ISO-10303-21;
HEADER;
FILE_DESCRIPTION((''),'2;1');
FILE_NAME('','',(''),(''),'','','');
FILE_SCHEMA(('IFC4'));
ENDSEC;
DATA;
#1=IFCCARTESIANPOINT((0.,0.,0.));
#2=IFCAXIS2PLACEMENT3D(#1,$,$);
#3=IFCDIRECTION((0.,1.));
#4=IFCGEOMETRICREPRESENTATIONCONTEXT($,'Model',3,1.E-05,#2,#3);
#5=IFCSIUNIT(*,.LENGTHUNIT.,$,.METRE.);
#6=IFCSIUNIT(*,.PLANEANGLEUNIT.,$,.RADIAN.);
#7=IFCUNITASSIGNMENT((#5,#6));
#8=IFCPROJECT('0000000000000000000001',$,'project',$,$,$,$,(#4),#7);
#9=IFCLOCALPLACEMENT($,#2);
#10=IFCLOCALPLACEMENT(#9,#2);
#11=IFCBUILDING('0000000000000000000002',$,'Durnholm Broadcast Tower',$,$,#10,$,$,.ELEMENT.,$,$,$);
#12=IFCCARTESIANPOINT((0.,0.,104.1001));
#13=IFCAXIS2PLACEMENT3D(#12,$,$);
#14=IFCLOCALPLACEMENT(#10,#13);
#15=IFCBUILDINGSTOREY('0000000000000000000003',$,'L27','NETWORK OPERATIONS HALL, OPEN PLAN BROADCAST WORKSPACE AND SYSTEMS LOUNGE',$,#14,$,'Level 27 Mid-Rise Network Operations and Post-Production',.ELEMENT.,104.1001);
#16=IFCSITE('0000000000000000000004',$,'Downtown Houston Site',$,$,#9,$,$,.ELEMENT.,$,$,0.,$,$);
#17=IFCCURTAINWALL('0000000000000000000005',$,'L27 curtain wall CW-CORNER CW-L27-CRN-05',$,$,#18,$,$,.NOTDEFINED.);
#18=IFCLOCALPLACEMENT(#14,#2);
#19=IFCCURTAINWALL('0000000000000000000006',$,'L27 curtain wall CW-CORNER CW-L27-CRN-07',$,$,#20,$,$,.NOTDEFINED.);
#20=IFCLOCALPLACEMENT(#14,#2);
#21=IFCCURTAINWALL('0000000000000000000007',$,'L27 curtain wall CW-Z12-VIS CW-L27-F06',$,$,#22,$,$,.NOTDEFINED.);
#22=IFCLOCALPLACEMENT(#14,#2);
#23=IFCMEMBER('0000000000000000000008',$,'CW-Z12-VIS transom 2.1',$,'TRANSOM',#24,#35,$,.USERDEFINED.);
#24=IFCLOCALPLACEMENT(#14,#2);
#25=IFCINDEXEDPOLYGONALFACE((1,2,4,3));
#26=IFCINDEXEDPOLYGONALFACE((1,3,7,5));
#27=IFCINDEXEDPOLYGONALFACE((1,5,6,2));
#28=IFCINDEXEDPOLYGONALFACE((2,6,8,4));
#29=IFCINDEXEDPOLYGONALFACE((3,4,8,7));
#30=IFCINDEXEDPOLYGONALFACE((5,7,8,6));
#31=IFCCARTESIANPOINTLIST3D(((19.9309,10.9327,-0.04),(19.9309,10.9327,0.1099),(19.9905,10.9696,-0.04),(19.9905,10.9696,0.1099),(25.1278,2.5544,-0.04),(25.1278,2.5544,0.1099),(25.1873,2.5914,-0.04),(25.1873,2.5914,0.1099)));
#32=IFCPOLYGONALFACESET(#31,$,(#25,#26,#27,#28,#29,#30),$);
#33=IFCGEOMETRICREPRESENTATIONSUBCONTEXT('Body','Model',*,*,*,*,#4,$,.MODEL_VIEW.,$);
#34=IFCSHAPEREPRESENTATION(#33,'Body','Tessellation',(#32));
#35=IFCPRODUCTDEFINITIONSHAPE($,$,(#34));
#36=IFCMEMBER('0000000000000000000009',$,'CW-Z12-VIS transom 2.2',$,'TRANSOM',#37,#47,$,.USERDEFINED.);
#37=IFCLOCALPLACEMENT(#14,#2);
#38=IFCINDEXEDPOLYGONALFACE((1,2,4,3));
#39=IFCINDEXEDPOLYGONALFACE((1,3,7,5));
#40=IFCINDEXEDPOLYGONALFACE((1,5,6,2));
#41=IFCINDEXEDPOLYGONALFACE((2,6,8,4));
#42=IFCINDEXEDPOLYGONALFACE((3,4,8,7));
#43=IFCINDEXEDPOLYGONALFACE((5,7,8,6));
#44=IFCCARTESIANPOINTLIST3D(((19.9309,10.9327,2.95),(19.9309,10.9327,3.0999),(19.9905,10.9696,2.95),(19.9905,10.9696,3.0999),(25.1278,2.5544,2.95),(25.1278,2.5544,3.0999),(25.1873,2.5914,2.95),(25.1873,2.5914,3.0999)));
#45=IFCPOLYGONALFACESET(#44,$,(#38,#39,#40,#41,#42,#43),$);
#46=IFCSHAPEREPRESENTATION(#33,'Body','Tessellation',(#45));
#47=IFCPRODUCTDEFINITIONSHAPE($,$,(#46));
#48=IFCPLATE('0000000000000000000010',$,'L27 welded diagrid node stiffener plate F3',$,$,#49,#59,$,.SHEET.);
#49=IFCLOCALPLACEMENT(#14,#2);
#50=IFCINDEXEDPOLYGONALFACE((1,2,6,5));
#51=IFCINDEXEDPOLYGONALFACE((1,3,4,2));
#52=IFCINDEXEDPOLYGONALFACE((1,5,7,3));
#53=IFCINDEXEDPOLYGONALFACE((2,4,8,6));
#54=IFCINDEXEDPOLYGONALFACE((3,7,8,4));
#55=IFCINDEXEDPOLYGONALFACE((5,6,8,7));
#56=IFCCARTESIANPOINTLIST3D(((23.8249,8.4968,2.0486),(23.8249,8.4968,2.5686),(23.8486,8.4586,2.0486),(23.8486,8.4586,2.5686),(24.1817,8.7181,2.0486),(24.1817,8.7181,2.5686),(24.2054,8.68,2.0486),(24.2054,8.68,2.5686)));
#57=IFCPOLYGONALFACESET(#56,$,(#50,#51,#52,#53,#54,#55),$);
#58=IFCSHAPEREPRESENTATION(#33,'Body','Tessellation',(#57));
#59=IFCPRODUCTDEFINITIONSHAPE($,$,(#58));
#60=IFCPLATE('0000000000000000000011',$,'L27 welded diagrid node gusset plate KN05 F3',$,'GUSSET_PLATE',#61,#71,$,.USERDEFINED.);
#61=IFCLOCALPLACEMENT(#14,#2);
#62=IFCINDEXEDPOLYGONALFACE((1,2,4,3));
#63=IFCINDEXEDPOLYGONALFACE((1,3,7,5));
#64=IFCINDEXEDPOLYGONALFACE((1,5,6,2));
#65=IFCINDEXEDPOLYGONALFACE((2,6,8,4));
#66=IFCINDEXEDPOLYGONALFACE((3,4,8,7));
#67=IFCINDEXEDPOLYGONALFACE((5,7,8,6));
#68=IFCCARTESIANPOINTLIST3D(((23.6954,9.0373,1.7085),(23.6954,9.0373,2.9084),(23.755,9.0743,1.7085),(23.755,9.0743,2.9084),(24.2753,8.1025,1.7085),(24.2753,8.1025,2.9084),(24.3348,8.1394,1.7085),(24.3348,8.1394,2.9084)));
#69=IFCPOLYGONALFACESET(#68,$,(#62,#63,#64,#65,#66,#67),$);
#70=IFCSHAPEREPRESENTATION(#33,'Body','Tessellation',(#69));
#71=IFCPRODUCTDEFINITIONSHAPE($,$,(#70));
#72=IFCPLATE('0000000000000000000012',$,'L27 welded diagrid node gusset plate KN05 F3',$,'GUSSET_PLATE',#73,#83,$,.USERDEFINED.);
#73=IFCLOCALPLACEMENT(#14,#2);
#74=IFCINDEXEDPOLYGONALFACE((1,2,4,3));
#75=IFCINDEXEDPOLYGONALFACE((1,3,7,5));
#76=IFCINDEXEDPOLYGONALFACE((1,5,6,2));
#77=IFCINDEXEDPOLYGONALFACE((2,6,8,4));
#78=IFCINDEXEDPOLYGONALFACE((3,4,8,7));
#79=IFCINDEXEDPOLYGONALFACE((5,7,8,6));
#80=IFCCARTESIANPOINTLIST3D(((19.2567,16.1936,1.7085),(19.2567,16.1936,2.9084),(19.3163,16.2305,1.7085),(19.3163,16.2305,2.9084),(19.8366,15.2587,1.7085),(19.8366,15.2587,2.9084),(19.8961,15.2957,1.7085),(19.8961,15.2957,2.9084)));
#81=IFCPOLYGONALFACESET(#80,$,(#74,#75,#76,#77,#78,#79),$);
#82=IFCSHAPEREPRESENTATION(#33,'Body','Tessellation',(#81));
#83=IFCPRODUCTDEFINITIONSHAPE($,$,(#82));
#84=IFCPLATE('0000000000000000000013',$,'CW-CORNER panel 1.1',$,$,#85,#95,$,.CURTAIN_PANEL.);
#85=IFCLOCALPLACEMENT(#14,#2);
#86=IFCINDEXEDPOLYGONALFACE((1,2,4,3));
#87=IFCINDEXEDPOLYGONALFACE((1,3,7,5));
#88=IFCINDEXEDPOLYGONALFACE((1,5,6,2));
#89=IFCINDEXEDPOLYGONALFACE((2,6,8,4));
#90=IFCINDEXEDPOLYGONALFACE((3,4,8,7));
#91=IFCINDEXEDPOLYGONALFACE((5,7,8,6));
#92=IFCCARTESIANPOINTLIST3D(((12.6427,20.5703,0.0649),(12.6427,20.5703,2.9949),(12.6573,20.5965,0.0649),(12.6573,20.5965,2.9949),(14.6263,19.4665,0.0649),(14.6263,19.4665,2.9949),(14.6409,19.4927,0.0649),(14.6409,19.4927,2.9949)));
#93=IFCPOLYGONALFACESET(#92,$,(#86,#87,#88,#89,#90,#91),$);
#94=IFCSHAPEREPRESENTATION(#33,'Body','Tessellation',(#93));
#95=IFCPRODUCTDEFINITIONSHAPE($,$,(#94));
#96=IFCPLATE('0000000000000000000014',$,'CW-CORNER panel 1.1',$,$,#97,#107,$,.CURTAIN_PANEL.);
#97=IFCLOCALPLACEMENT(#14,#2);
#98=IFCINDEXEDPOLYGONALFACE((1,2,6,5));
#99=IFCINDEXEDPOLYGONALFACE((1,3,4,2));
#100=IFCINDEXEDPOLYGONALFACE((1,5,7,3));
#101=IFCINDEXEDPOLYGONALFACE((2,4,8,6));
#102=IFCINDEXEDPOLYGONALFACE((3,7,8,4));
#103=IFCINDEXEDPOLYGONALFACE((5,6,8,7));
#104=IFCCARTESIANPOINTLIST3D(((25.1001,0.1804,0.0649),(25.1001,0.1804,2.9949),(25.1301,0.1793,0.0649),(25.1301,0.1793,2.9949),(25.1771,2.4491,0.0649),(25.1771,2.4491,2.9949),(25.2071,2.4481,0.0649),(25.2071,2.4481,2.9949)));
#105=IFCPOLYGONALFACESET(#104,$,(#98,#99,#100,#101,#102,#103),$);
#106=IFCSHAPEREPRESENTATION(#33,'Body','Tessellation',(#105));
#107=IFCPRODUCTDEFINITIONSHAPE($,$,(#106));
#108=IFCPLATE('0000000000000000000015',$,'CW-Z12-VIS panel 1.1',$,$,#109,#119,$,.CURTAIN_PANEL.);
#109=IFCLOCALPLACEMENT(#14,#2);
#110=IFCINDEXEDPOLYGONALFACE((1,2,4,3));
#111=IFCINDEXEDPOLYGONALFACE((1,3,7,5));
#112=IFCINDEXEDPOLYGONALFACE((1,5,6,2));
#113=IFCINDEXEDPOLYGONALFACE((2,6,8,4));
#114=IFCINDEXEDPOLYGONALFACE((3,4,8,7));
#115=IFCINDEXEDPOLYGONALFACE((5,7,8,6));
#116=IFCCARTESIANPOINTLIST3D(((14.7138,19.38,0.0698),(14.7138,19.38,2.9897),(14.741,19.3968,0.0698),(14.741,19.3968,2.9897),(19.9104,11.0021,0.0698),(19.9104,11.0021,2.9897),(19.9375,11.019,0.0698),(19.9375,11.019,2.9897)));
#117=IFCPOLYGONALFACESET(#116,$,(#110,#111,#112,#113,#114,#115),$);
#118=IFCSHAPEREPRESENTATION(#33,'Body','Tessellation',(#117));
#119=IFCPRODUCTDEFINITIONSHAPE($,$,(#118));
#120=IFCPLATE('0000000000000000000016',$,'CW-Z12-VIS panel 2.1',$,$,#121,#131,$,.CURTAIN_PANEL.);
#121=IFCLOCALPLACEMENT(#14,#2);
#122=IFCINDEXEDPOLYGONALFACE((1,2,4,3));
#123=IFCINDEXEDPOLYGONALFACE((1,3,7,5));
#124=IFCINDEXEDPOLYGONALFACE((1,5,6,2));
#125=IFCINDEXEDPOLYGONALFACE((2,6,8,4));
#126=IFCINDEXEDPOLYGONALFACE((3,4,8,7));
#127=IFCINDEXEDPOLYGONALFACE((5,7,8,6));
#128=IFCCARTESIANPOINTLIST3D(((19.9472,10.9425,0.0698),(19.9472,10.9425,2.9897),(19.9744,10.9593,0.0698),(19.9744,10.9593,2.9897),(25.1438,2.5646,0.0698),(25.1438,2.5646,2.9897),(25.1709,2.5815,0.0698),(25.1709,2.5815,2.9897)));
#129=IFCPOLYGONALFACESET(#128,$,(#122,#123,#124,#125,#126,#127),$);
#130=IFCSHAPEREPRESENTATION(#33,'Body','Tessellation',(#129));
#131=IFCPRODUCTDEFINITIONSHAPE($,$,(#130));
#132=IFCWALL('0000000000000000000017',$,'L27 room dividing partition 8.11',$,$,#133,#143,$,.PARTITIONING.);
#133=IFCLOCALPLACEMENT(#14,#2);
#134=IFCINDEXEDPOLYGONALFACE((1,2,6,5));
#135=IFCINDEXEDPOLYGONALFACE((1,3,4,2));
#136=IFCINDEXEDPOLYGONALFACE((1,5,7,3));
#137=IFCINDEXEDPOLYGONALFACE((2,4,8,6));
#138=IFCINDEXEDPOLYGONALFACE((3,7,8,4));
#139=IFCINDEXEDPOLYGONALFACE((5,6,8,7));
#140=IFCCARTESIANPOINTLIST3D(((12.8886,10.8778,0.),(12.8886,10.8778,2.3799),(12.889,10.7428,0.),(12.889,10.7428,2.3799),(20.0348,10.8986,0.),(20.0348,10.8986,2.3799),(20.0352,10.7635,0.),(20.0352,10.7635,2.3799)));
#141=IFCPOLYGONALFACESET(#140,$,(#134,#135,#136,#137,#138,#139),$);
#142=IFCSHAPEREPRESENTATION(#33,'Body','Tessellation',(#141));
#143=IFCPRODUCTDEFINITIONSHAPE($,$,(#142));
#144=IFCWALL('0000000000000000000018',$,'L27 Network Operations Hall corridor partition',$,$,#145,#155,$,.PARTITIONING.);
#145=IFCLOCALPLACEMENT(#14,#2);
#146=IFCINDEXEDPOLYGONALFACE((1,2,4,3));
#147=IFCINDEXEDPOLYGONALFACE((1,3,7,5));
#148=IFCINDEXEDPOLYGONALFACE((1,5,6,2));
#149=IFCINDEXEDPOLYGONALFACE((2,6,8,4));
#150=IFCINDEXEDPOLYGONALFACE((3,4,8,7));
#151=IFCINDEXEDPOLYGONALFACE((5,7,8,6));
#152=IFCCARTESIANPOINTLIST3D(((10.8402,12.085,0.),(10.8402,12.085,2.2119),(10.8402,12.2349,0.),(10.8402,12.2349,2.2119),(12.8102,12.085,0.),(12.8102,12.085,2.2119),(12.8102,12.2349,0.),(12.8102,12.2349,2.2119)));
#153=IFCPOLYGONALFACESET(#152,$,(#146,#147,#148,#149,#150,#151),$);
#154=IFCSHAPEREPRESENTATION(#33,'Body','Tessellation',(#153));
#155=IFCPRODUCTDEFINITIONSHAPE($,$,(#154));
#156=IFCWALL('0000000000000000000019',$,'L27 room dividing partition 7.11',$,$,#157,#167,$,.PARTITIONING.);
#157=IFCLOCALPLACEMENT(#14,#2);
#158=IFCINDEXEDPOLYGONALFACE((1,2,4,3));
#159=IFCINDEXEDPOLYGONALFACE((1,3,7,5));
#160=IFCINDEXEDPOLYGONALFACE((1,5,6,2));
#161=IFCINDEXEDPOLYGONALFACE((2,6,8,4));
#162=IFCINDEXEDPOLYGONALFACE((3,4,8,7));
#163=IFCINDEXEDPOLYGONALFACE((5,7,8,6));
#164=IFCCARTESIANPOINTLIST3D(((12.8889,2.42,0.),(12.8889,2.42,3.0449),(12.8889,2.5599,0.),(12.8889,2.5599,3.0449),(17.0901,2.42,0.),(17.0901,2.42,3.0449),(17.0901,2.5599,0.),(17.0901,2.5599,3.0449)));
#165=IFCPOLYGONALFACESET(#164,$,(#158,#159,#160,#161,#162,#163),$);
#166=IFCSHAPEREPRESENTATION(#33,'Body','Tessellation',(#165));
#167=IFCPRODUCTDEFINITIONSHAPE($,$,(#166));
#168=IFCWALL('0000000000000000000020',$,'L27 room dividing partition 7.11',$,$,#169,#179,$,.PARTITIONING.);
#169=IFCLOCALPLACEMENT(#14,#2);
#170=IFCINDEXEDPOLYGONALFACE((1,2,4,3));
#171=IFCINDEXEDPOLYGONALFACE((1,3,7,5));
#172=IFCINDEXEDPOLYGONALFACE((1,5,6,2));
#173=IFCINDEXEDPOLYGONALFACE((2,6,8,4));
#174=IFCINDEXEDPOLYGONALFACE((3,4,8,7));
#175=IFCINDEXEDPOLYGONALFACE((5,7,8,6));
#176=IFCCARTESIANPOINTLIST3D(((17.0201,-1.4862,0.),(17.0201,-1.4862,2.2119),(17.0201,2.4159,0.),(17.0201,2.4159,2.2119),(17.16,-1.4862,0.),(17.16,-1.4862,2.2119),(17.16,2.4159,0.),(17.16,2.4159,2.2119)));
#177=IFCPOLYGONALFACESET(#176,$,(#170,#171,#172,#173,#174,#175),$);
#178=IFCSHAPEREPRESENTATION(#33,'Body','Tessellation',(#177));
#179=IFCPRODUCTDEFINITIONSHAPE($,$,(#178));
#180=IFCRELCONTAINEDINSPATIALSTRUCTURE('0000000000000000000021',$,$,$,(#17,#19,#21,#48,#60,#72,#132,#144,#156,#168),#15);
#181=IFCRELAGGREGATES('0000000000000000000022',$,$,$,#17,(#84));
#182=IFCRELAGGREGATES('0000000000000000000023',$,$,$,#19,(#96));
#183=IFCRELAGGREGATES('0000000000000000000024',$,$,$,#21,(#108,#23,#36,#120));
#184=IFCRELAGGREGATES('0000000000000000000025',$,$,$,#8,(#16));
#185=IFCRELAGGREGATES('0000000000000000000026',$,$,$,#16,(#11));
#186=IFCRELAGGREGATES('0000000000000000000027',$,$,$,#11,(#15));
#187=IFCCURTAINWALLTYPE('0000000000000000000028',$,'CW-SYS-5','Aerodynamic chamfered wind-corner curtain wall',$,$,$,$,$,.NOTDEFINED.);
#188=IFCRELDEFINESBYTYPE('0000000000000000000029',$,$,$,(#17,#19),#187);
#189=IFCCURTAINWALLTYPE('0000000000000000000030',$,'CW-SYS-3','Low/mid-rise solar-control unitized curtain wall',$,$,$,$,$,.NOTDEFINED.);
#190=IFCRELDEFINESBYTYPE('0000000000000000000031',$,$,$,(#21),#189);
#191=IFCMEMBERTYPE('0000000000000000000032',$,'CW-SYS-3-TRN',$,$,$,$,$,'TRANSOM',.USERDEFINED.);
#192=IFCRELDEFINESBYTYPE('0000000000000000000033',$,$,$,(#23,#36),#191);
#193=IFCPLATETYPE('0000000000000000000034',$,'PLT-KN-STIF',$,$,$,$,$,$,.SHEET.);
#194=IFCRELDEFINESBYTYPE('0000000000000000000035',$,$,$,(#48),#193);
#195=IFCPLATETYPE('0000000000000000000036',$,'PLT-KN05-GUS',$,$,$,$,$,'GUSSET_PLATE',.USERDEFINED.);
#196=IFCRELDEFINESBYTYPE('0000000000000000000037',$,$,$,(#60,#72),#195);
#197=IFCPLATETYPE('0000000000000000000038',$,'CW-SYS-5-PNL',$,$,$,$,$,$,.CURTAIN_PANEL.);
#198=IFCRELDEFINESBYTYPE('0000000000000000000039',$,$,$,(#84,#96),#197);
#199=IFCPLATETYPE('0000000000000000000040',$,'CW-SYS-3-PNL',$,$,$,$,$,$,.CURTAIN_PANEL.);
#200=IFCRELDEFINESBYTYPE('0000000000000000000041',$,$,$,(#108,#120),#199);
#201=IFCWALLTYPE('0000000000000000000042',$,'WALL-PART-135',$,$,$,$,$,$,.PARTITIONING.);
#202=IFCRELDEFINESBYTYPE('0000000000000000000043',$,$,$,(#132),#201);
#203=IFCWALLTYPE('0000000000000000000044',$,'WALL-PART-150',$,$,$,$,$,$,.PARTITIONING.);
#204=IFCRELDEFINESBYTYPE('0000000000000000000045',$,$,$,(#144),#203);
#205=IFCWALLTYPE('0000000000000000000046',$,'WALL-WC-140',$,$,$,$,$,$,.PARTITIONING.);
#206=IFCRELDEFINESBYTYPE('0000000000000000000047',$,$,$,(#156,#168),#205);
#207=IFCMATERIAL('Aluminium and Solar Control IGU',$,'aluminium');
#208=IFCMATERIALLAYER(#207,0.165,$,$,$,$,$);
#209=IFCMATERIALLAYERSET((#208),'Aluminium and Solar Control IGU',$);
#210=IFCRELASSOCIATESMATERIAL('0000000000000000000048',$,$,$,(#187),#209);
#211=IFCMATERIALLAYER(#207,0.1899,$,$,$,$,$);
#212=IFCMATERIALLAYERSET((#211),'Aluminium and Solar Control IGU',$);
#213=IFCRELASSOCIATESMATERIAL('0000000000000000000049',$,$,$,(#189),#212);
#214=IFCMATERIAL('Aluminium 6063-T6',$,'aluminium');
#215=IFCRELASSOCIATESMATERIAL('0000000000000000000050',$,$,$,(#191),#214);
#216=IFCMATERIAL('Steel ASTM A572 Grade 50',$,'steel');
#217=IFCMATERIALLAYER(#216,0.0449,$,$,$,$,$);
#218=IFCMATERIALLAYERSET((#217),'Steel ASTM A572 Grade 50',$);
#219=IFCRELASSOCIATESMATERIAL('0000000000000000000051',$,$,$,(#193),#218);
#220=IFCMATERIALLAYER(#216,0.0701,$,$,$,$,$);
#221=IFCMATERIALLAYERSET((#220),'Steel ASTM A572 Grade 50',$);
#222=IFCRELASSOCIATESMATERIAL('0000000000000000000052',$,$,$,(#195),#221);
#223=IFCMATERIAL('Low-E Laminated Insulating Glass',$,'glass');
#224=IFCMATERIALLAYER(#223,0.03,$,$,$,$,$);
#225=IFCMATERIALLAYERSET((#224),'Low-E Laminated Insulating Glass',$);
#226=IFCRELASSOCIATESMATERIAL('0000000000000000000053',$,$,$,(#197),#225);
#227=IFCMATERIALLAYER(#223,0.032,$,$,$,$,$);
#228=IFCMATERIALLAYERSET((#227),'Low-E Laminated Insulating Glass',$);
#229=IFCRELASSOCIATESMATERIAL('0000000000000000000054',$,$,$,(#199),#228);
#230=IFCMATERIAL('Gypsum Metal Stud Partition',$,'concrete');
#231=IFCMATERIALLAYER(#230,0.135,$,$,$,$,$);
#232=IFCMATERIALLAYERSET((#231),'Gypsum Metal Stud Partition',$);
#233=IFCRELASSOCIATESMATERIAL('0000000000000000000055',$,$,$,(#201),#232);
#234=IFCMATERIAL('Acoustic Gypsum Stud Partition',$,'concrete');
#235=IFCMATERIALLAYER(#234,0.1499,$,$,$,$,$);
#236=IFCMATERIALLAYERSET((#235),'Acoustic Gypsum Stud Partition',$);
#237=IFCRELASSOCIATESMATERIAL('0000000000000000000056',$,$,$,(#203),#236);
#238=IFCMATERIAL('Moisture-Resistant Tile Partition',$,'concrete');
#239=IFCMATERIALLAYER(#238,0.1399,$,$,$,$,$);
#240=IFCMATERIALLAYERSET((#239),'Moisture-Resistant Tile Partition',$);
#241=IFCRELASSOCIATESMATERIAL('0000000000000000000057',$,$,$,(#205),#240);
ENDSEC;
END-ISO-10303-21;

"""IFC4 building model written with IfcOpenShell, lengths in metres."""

from ifc_helpers import new_model, si_unit, direction, frame, frame_2d, origin, origin_2d, place, context, subcontext, project, spatial, rectangle, extrude, source, transform, mapped, material, layer, layer_set, material_profile, profile_set, type_object, type_shapes, element, aggregate, save


model = new_model("IFC4")

# Units and contexts
model_context = context("Model", 3, precision=1e-05, world=origin(), true_north=direction((0.0, 1.0)))
body_context = subcontext(model_context, "Body", "Model", "MODEL_VIEW")
ifc_project = project(units=[si_unit("LENGTHUNIT", "METRE"), si_unit("PLANEANGLEUNIT", "RADIAN")], contexts=[model_context])

# Site, building, storey
site_placement = place(None, origin())
site = spatial("IfcSite", under=ifc_project, at=site_placement, Name="Downtown Houston Site", CompositionType="ELEMENT", RefElevation=0.0)
building_placement = place(site_placement, origin())
building = spatial("IfcBuilding", under=site, at=building_placement, Name="Durnholm Broadcast Tower", CompositionType="ELEMENT")
storey_placement = place(building_placement, frame((0.0, 0.0, 104.1001)))
storey = spatial("IfcBuildingStorey", under=building, at=storey_placement, Name="L27", Description="NETWORK OPERATIONS HALL, OPEN PLAN BROADCAST WORKSPACE AND SYSTEMS LOUNGE", LongName="Level 27 Mid-Rise Network Operations and Post-Production", CompositionType="ELEMENT", Elevation=104.1001)

# Curtain walls
ifc_material_1 = material(Name="Aluminium and Solar Control IGU", Category="aluminium")
ifc_layer_1 = layer(ifc_material_1, 0.165)
ifc_layer_set_1 = layer_set([ifc_layer_1], Name="Aluminium and Solar Control IGU")
curtain_wall_type_1 = type_object("IfcCurtainWallType", Name="CW-SYS-5", Description="Aerodynamic chamfered wind-corner curtain wall", PredefinedType="NOTDEFINED", material=ifc_layer_set_1)
curtain_wall_1_placement = place(storey_placement, origin())
curtain_wall_1 = element("IfcCurtainWall", 1, at=curtain_wall_1_placement, inside=storey, type_object=curtain_wall_type_1, Name="L27 curtain wall CW-CORNER CW-L27-CRN-05", PredefinedType="NOTDEFINED")
ifc_material_2 = material(Name="Aluminium 6063-T6", Category="aluminium")
curtain_wall_2_placement = place(storey_placement, origin())
curtain_wall_2 = element("IfcCurtainWall", 2, at=curtain_wall_2_placement, inside=storey, type_object=curtain_wall_type_1, Name="L27 curtain wall CW-CORNER CW-L27-CRN-07", PredefinedType="NOTDEFINED")

# Curtain wall
ifc_layer_2 = layer(ifc_material_1, 0.1899)
ifc_layer_set_2 = layer_set([ifc_layer_2], Name="Aluminium and Solar Control IGU")
curtain_wall_type_2 = type_object("IfcCurtainWallType", Name="CW-SYS-3", Description="Low/mid-rise solar-control unitized curtain wall", PredefinedType="NOTDEFINED", material=ifc_layer_set_2)
curtain_wall_3_placement = place(storey_placement, origin())
curtain_wall_3 = element("IfcCurtainWall", 3, at=curtain_wall_3_placement, inside=storey, type_object=curtain_wall_type_2, Name="L27 curtain wall CW-Z12-VIS CW-L27-F06", PredefinedType="NOTDEFINED")

# Members
ifc_material_profile_1 = material_profile(ifc_material_2, rectangle(XDim=0.0701, YDim=0.1499, at=origin_2d()), Name="CWT70X150")
ifc_profile_set_1 = profile_set([ifc_material_profile_1], Name="Aluminium 6063-T6")
member_type_1 = type_object("IfcMemberType", Name="CW-SYS-3-TRN", ElementType="TRANSOM", PredefinedType="USERDEFINED", material=ifc_profile_set_1)
shared_shape_1 = source(origin(), body_context, "Body", "SweptSolid", [
    extrude(rectangle(XDim=0.0701, YDim=0.1499, at=origin_2d()), origin(), (0.0, 0.0, 1.0), 9.8591),
])
member_1_placement = place(storey_placement, frame((19.9607, 10.9512, 0.0349), z_axis=(0.527109, -0.849798, 0.0), x_axis=(0.849798, 0.527109, 0.0)))
member_1 = element("IfcMember", 4, at=member_1_placement, type_object=member_type_1, Name="CW-Z12-VIS transom 2.1", ObjectType="TRANSOM", PredefinedType="USERDEFINED", context=body_context, shape_type="MappedRepresentation", body=[
    mapped(shared_shape_1, transform((0.0, 0.0, 0.0), x_axis=(1.0, 0.0, 0.0), y_axis=(0.0, 1.0, 0.0), z_axis=(0.0, 0.0, 1.0), scale=1.0)),
])
member_2_placement = place(storey_placement, frame((19.9607, 10.9512, 3.0249), z_axis=(0.527109, -0.849798, 0.0), x_axis=(0.849798, 0.527109, 0.0)))
member_2 = element("IfcMember", 5, at=member_2_placement, type_object=member_type_1, Name="CW-Z12-VIS transom 2.2", ObjectType="TRANSOM", PredefinedType="USERDEFINED", context=body_context, shape_type="MappedRepresentation", body=[
    mapped(shared_shape_1, transform((0.0, 0.0, 0.0), x_axis=(1.0, 0.0, 0.0), y_axis=(0.0, 1.0, 0.0), z_axis=(0.0, 0.0, 1.0), scale=1.0)),
])

# Plates
ifc_material_3 = material(Name="Steel ASTM A572 Grade 50", Category="steel")
ifc_layer_3 = layer(ifc_material_3, 0.0449)
ifc_layer_set_3 = layer_set([ifc_layer_3], Name="Steel ASTM A572 Grade 50")
plate_type_1 = type_object("IfcPlateType", Name="PLT-KN-STIF", PredefinedType="SHEET", material=ifc_layer_set_3)
shared_shape_2 = source(origin(), body_context, "Body", "SweptSolid", [
    extrude(rectangle(XDim=0.0449, YDim=0.4199, at=origin_2d()), origin(), (0.0, 0.0, 1.0), 0.52),
])
type_shapes(plate_type_1, [shared_shape_2])
plate_1_placement = place(storey_placement, frame((24.0151, 8.5884, 2.0486), z_axis=(0.0, 0.0, 1.0), x_axis=(-0.527104, 0.849801, 0.0)))
element("IfcPlate", 6, at=plate_1_placement, inside=storey, type_object=plate_type_1, Name="L27 welded diagrid node stiffener plate F3", PredefinedType="SHEET", context=body_context, shape_type="MappedRepresentation", body=[
    mapped(shared_shape_2, transform((0.0, 0.0, 0.0), x_axis=(1.0, 0.0, 0.0), y_axis=(0.0, 1.0, 0.0), z_axis=(0.0, 0.0, 1.0), scale=1.0)),
])
ifc_layer_4 = layer(ifc_material_3, 0.0701)
ifc_layer_set_4 = layer_set([ifc_layer_4], Name="Steel ASTM A572 Grade 50")
plate_type_2 = type_object("IfcPlateType", Name="PLT-KN05-GUS", ElementType="GUSSET_PLATE", PredefinedType="USERDEFINED", material=ifc_layer_set_4)
shared_shape_3 = source(origin(), body_context, "Body", "SweptSolid", [
    extrude(rectangle(XDim=1.1001, YDim=0.0701, at=origin_2d()), origin(), (0.0, 0.0, 1.0), 1.2),
])
type_shapes(plate_type_2, [shared_shape_3])
for number, where, z_axis, x_axis, name in (
    (7, (24.0151, 8.5884, 1.7085), (0.0, 0.0, 1.0), (-0.527104, 0.849801, 0.0), "L27 welded diagrid node gusset plate KN05 F3"),
    (8, (19.5764, 15.7446, 1.7085), (0.0, 0.0, 1.0), (-0.527104, 0.849801, 0.0), "L27 welded diagrid node gusset plate KN05 F3"),
):
    element("IfcPlate", number, at=place(storey_placement, frame(where, z_axis=z_axis, x_axis=x_axis)), inside=storey, type_object=plate_type_2, Name=name, ObjectType="GUSSET_PLATE", PredefinedType="USERDEFINED", context=body_context, shape_type="MappedRepresentation", body=[
        mapped(shared_shape_3, transform((0.0, 0.0, 0.0), x_axis=(1.0, 0.0, 0.0), y_axis=(0.0, 1.0, 0.0), z_axis=(0.0, 0.0, 1.0), scale=1.0)),
    ])

# Plates
ifc_material_4 = material(Name="Low-E Laminated Insulating Glass", Category="glass")
ifc_layer_5 = layer(ifc_material_4, 0.03)
ifc_layer_set_5 = layer_set([ifc_layer_5], Name="Low-E Laminated Insulating Glass")
plate_type_3 = type_object("IfcPlateType", Name="CW-SYS-5-PNL", PredefinedType="CURTAIN_PANEL", material=ifc_layer_set_5)
shared_shape_4 = source(origin(), body_context, "Body", "SweptSolid", [
    extrude(rectangle(XDim=2.27, YDim=0.03, at=origin_2d()), origin(), (0.0, 0.0, 1.0), 2.9299),
])
type_shapes(plate_type_3, [shared_shape_4])
plate_2_placement = place(storey_placement, frame((13.6418, 20.0315, 0.0649), z_axis=(0.0, 0.0, 1.0), x_axis=(0.873823, -0.486244, 0.0)))
plate_2 = element("IfcPlate", 9, at=plate_2_placement, type_object=plate_type_3, Name="CW-CORNER panel 1.1", PredefinedType="CURTAIN_PANEL", context=body_context, shape_type="MappedRepresentation", body=[
    mapped(shared_shape_4, transform((0.0, 0.0, 0.0), x_axis=(1.0, 0.0, 0.0), y_axis=(0.0, 1.0, 0.0), z_axis=(0.0, 0.0, 1.0), scale=1.0)),
])
aggregate(curtain_wall_1, [plate_2])
plate_3_placement = place(storey_placement, frame((25.1536, 1.3142, 0.0649), z_axis=(0.0, 0.0, 1.0), x_axis=(-0.033917, -0.999425, 0.0)))
plate_3 = element("IfcPlate", 10, at=plate_3_placement, type_object=plate_type_3, Name="CW-CORNER panel 1.1", PredefinedType="CURTAIN_PANEL", context=body_context, shape_type="MappedRepresentation", body=[
    mapped(shared_shape_4, transform((0.0, 0.0, 0.0), x_axis=(1.0, 0.0, 0.0), y_axis=(0.0, 1.0, 0.0), z_axis=(0.0, 0.0, 1.0), scale=1.0)),
])
aggregate(curtain_wall_2, [plate_3])
ifc_layer_6 = layer(ifc_material_4, 0.032)
ifc_layer_set_6 = layer_set([ifc_layer_6], Name="Low-E Laminated Insulating Glass")
plate_type_4 = type_object("IfcPlateType", Name="CW-SYS-3-PNL", PredefinedType="CURTAIN_PANEL", material=ifc_layer_set_6)
shared_shape_5 = source(origin(), body_context, "Body", "SweptSolid", [
    extrude(rectangle(XDim=9.8586, YDim=0.032, at=origin_2d()), origin(), (0.0, 0.0, 1.0), 2.9199),
])
type_shapes(plate_type_4, [shared_shape_5])
plate_4_placement = place(storey_placement, frame((17.3257, 15.1995, 0.0698), z_axis=(0.0, 0.0, 1.0), x_axis=(0.527105, -0.8498, 0.0)))
plate_4 = element("IfcPlate", 11, at=plate_4_placement, type_object=plate_type_4, Name="CW-Z12-VIS panel 1.1", PredefinedType="CURTAIN_PANEL", context=body_context, shape_type="MappedRepresentation", body=[
    mapped(shared_shape_5, transform((0.0, 0.0, 0.0), x_axis=(1.0, 0.0, 0.0), y_axis=(0.0, 1.0, 0.0), z_axis=(0.0, 0.0, 1.0), scale=1.0)),
])
plate_5_placement = place(storey_placement, frame((22.5591, 6.762, 0.0698), z_axis=(0.0, 0.0, 1.0), x_axis=(0.527105, -0.8498, 0.0)))
plate_5 = element("IfcPlate", 12, at=plate_5_placement, type_object=plate_type_4, Name="CW-Z12-VIS panel 2.1", PredefinedType="CURTAIN_PANEL", context=body_context, shape_type="MappedRepresentation", body=[
    mapped(shared_shape_5, transform((0.0, 0.0, 0.0), x_axis=(1.0, 0.0, 0.0), y_axis=(0.0, 1.0, 0.0), z_axis=(0.0, 0.0, 1.0), scale=1.0)),
])
aggregate(curtain_wall_3, [plate_4, member_1, member_2, plate_5])

# Walls
ifc_material_5 = material(Name="Gypsum Metal Stud Partition", Category="concrete")
ifc_layer_7 = layer(ifc_material_5, 0.135)
ifc_layer_set_7 = layer_set([ifc_layer_7], Name="Gypsum Metal Stud Partition")
wall_type_1 = type_object("IfcWallType", Name="WALL-PART-135", PredefinedType="PARTITIONING", material=ifc_layer_set_7)
wall_1_placement = place(storey_placement, frame((20.0352, 10.8311, 0.0), z_axis=(0.0, 0.0, 1.0), x_axis=(-0.999996, -0.002904, 0.0)))
element("IfcWall", 13, at=wall_1_placement, inside=storey, type_object=wall_type_1, Name="L27 room dividing partition 8.11", PredefinedType="PARTITIONING", context=body_context, shape_type="SweptSolid", body=[
    extrude(rectangle(XDim=7.1462, YDim=0.135, at=frame_2d((3.5732, 0.0))), origin(), (0.0, 0.0, 1.0), 2.3799),
])
ifc_material_6 = material(Name="Acoustic Gypsum Stud Partition", Category="concrete")
ifc_layer_8 = layer(ifc_material_6, 0.1499)
ifc_layer_set_8 = layer_set([ifc_layer_8], Name="Acoustic Gypsum Stud Partition")
wall_type_2 = type_object("IfcWallType", Name="WALL-PART-150", PredefinedType="PARTITIONING", material=ifc_layer_set_8)
wall_2_placement = place(storey_placement, frame((12.8101, 12.1599, 0.0), z_axis=(0.0, 0.0, 1.0), x_axis=(-1.0, 0.0, 0.0)))
element("IfcWall", 14, at=wall_2_placement, inside=storey, type_object=wall_type_2, Name="L27 Network Operations Hall corridor partition", PredefinedType="PARTITIONING", context=body_context, shape_type="SweptSolid", body=[
    extrude(rectangle(XDim=1.97, YDim=0.1499, at=frame_2d((0.9849, 0.0))), origin(), (0.0, 0.0, 1.0), 2.2119),
])
ifc_material_7 = material(Name="Moisture-Resistant Tile Partition", Category="concrete")
ifc_layer_9 = layer(ifc_material_7, 0.1399)
ifc_layer_set_9 = layer_set([ifc_layer_9], Name="Moisture-Resistant Tile Partition")
wall_type_3 = type_object("IfcWallType", Name="WALL-WC-140", PredefinedType="PARTITIONING", material=ifc_layer_set_9)
wall_3_placement = place(storey_placement, frame((12.8889, 2.49, 0.0), z_axis=(0.0, 0.0, 1.0), x_axis=(1.0, 0.0, 0.0)))
element("IfcWall", 15, at=wall_3_placement, inside=storey, type_object=wall_type_3, Name="L27 room dividing partition 7.11", PredefinedType="PARTITIONING", context=body_context, shape_type="SweptSolid", body=[
    extrude(rectangle(XDim=4.2012, YDim=0.1399, at=frame_2d((2.1006, 0.0))), origin(), (0.0, 0.0, 1.0), 3.0449),
])
wall_4_placement = place(storey_placement, frame((17.0901, 2.416, 0.0), z_axis=(0.0, 0.0, 1.0), x_axis=(0.0, -1.0, 0.0)))
element("IfcWall", 16, at=wall_4_placement, inside=storey, type_object=wall_type_3, Name="L27 room dividing partition 7.11", PredefinedType="PARTITIONING", context=body_context, shape_type="SweptSolid", body=[
    extrude(rectangle(XDim=3.9021, YDim=0.1399, at=frame_2d((1.9512, 0.0))), origin(), (0.0, 0.0, 1.0), 2.2119),
])

save(model, "model.ifc")
